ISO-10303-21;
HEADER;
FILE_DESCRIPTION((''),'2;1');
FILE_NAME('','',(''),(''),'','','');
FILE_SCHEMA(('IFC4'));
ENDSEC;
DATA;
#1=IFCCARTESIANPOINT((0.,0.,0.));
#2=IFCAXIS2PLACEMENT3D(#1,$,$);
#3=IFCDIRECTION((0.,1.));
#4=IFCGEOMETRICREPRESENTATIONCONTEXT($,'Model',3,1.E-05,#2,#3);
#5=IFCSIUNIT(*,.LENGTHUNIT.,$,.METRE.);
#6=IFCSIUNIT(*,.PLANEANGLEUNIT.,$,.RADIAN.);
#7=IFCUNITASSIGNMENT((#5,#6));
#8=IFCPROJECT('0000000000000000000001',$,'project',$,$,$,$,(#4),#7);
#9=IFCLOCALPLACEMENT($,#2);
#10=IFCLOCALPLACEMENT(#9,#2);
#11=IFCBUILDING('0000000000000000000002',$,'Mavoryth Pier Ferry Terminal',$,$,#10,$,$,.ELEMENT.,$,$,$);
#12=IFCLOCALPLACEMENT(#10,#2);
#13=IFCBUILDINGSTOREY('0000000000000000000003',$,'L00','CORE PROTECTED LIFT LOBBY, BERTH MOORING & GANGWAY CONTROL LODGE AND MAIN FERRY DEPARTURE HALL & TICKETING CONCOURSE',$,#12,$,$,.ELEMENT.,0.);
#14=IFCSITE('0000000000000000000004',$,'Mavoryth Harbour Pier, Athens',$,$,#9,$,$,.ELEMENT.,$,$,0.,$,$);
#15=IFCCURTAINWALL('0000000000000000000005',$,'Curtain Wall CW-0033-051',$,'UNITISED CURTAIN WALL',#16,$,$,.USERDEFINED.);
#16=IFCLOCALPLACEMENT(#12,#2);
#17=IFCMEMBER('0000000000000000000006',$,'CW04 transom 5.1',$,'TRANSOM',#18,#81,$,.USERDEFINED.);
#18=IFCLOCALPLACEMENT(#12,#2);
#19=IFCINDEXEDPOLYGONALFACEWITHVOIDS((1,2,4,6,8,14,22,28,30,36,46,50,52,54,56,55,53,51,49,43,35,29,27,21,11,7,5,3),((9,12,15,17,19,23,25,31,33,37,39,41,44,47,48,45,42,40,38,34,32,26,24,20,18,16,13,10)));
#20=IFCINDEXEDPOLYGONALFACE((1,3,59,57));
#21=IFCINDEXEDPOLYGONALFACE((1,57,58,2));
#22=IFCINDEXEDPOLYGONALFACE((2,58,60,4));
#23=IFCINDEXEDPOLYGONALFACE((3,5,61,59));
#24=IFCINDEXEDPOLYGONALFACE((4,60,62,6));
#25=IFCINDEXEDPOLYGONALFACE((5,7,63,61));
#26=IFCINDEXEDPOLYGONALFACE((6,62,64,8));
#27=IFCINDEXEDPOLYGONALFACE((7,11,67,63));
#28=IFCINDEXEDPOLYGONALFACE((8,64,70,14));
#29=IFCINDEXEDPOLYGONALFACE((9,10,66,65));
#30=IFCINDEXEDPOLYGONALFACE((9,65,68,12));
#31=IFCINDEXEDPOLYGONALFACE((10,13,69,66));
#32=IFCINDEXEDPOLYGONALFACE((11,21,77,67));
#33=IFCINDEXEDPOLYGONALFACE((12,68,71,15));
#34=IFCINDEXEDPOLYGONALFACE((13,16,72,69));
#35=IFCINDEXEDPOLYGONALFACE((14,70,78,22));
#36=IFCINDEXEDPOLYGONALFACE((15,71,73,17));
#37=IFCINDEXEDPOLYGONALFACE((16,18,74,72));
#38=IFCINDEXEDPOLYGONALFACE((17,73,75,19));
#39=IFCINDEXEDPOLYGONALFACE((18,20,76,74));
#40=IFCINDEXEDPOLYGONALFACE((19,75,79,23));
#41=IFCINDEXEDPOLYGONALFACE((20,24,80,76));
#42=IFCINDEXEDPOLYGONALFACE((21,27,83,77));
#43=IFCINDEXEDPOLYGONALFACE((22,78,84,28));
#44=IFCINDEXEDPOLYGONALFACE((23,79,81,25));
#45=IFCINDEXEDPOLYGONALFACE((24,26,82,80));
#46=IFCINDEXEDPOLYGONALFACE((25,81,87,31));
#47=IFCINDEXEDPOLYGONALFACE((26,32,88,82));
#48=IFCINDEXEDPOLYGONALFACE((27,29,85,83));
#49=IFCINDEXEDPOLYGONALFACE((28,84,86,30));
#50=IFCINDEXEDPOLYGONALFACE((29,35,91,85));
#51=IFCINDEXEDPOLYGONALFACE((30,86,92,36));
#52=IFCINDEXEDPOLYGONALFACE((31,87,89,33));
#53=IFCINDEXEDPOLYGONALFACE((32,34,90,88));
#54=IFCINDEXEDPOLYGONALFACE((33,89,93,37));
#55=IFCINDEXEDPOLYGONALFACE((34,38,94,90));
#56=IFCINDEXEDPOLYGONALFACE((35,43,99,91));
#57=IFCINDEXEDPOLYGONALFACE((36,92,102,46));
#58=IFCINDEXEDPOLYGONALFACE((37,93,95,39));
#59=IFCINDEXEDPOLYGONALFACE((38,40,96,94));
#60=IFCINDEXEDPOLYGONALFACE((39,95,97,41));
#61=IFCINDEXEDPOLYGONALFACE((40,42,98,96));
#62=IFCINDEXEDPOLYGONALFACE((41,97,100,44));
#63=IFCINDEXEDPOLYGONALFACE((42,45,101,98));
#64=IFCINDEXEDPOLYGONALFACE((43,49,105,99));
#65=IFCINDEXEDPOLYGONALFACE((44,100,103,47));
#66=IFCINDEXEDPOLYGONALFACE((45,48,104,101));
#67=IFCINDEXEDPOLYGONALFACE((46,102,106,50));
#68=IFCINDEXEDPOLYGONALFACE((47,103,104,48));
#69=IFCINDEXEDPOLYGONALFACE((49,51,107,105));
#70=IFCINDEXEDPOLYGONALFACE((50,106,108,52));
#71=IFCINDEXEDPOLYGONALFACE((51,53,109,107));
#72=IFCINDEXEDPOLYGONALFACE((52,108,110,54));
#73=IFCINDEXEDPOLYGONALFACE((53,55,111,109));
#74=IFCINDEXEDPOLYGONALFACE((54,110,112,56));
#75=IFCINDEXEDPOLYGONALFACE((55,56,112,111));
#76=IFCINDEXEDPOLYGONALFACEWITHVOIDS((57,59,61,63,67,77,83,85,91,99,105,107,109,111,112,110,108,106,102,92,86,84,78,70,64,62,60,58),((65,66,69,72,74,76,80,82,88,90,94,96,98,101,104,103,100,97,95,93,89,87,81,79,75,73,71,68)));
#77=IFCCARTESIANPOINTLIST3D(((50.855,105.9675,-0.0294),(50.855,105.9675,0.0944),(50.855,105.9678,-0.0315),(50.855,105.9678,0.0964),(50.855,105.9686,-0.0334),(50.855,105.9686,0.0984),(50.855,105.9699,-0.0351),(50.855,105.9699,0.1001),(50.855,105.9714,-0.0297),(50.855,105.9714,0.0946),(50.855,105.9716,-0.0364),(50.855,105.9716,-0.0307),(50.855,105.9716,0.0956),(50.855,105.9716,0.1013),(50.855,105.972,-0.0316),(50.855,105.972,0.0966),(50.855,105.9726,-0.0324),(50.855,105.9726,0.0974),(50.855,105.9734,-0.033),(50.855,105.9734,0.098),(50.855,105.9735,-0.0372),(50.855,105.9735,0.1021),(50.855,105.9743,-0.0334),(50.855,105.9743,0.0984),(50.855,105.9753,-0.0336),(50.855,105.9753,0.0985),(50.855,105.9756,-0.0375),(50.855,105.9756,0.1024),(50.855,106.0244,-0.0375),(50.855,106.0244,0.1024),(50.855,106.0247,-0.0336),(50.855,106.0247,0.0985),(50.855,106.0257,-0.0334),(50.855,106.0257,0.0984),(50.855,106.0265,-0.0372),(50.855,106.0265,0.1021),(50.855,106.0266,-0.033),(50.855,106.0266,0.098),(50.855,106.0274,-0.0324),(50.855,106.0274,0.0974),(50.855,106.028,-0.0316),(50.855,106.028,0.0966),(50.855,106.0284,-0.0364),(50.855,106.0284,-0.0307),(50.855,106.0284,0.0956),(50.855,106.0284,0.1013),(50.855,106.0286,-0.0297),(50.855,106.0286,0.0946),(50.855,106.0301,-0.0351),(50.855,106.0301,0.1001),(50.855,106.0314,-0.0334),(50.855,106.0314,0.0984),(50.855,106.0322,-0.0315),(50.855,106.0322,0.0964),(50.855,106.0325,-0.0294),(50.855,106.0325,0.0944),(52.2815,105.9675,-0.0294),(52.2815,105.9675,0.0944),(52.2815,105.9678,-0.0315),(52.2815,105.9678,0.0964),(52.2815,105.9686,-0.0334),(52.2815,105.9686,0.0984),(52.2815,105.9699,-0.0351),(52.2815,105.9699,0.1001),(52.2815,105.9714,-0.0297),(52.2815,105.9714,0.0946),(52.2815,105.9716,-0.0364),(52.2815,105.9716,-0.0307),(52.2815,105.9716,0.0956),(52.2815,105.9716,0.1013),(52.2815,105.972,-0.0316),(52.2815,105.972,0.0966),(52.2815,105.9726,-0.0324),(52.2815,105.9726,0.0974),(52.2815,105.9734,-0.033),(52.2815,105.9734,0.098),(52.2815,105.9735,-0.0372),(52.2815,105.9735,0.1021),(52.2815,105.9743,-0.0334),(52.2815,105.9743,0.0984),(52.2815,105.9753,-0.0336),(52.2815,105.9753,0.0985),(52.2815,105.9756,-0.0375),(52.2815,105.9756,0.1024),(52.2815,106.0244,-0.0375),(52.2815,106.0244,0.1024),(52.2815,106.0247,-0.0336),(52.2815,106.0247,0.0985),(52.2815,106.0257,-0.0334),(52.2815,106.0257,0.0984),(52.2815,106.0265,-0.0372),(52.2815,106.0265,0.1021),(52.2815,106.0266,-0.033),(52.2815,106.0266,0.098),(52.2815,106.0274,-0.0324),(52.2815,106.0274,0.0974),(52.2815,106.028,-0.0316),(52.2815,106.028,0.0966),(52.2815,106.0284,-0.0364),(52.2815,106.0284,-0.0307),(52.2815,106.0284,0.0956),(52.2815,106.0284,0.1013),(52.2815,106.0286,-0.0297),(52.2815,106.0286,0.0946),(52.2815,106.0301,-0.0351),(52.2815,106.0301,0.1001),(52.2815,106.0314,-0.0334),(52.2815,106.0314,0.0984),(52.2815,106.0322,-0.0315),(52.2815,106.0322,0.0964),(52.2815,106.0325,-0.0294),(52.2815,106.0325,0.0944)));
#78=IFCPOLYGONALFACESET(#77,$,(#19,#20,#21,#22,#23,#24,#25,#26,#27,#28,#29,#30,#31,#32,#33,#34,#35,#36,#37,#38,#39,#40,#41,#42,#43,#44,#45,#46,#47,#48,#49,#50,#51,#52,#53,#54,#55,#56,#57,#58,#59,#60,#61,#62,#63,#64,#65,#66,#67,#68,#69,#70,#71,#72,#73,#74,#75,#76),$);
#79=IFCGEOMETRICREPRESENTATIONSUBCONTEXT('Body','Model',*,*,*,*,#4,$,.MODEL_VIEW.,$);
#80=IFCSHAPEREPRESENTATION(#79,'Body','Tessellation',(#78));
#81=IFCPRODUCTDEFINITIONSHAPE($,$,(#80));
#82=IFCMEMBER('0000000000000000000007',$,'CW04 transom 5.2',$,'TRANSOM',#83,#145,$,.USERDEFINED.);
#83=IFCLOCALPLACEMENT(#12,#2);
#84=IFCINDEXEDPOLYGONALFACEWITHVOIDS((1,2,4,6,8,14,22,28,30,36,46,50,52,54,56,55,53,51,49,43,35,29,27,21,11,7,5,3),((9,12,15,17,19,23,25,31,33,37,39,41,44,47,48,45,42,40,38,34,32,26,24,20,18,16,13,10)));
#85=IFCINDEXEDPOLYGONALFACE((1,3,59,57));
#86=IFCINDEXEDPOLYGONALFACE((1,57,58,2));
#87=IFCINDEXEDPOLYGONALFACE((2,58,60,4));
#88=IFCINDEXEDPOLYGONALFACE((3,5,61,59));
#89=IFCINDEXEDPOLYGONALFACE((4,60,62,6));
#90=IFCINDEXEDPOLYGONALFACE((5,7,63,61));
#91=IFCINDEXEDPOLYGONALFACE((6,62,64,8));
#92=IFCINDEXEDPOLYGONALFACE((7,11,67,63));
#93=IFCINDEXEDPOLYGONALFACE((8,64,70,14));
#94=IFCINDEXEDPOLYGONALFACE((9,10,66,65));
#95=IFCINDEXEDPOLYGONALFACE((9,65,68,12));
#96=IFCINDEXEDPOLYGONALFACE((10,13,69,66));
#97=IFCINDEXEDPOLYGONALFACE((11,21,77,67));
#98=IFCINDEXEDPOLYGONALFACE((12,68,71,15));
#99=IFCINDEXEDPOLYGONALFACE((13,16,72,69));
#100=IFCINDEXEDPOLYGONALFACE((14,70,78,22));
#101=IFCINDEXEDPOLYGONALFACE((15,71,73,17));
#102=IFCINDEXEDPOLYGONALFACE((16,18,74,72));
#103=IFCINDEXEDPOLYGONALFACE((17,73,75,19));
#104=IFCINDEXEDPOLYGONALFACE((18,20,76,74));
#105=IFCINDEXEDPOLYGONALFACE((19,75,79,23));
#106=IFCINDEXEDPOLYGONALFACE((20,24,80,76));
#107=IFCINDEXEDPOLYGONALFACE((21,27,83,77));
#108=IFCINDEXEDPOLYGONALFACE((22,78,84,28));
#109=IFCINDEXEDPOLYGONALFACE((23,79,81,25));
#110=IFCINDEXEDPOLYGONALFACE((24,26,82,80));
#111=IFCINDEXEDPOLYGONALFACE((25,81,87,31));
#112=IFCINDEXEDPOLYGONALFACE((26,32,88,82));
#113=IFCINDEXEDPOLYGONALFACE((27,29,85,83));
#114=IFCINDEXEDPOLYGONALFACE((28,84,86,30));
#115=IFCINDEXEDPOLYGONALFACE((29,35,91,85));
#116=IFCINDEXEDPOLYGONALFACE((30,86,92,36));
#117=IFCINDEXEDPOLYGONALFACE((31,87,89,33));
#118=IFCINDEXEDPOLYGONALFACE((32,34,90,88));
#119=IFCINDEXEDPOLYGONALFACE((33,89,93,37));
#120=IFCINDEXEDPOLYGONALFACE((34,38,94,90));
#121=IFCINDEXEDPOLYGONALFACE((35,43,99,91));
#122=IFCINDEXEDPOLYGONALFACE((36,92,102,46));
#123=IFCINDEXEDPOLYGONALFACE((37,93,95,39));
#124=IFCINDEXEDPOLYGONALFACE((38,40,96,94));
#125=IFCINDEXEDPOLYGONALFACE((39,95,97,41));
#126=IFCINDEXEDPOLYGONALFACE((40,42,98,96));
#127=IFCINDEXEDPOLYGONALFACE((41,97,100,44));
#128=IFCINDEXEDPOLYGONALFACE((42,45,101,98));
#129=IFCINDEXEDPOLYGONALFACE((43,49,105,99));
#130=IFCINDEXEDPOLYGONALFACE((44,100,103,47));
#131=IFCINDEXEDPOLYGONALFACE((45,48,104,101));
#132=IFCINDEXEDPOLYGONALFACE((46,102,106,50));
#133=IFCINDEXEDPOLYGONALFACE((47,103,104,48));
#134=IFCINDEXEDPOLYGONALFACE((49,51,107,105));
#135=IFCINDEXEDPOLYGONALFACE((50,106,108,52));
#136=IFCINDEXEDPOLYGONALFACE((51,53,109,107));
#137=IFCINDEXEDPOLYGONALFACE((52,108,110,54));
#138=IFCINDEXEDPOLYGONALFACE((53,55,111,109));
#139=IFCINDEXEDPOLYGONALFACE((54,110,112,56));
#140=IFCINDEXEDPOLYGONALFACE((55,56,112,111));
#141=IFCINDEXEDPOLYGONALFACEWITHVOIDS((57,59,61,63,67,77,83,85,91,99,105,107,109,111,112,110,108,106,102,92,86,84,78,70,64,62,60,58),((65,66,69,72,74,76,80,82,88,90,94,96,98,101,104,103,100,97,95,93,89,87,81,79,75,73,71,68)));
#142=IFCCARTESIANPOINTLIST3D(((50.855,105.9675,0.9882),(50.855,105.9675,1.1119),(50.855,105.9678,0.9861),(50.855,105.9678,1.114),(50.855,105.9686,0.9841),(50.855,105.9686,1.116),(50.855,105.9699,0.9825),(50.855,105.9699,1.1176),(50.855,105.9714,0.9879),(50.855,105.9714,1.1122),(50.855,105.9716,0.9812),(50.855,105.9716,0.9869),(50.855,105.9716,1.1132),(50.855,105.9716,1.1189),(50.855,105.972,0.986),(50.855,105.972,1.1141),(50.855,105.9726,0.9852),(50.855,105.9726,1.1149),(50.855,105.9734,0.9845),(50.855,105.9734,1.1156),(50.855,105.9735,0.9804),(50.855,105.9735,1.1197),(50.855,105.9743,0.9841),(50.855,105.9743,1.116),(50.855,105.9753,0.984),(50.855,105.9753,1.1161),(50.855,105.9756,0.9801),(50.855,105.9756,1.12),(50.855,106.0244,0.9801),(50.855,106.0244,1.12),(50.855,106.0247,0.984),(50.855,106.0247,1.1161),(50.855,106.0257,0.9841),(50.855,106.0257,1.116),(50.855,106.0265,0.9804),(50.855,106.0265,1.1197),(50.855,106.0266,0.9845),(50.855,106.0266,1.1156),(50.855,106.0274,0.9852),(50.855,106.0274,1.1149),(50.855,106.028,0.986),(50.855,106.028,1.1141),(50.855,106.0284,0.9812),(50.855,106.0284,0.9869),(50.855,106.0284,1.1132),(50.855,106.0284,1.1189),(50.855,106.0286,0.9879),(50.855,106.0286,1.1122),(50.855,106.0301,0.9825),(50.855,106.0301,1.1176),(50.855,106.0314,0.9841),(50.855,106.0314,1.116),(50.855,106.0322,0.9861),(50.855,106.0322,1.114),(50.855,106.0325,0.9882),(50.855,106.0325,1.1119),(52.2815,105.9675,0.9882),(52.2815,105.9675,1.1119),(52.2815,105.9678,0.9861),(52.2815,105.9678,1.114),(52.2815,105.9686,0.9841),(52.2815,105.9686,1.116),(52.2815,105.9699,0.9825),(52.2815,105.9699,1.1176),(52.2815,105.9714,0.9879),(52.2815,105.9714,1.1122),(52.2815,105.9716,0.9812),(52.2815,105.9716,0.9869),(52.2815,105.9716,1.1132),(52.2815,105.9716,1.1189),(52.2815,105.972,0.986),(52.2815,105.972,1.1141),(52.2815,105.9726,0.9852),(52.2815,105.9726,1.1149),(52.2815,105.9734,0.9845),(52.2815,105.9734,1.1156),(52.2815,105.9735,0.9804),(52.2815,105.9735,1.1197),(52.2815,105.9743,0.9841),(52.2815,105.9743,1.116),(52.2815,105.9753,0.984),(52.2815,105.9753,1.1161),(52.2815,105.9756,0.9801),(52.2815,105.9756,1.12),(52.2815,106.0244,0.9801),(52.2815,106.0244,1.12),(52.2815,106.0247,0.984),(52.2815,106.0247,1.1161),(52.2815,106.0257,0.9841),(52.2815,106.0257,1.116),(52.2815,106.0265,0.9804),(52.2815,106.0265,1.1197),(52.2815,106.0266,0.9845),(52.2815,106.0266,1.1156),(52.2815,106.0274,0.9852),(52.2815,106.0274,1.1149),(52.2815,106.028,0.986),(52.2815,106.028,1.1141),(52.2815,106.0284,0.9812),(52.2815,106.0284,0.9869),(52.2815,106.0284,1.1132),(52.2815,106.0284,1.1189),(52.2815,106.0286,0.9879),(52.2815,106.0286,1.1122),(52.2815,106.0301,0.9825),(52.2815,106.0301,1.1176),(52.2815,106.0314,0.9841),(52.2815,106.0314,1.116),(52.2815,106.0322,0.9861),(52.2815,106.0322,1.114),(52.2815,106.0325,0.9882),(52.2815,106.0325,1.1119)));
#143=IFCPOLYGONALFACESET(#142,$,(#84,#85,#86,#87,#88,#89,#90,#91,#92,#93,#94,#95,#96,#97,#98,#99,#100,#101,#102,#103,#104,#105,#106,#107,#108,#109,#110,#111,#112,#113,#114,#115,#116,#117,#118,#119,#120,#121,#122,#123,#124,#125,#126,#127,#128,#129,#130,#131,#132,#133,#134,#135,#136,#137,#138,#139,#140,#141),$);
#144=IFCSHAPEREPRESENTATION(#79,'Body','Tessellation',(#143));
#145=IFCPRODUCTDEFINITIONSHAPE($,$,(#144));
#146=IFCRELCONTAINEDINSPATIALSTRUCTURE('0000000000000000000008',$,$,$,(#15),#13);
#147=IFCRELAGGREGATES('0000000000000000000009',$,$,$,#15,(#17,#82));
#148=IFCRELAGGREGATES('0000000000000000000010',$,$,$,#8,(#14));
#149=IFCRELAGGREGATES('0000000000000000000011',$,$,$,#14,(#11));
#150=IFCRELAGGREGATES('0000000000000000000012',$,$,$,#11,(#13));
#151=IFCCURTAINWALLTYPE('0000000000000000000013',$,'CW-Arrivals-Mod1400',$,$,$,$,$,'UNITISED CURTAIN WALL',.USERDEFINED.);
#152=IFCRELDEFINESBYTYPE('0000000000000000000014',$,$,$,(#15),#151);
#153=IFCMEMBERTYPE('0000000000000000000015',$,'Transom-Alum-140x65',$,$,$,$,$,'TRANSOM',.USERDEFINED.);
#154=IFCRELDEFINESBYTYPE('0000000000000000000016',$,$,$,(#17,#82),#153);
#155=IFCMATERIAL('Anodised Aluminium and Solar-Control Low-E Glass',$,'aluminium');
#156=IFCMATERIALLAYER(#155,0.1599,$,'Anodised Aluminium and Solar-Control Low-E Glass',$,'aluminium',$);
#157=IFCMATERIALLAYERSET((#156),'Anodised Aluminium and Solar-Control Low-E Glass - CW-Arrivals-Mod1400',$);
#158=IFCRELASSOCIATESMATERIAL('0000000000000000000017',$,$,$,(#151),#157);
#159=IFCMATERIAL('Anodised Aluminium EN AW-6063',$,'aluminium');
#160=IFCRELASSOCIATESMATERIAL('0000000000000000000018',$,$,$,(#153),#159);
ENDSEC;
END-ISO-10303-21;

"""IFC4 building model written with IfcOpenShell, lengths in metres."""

from ifc_helpers import new_model, si_unit, direction, frame, origin, origin_2d, place, context, subcontext, project, spatial, hollow_rectangle, extrude, material, layer, layer_set, material_profile, profile_set, type_object, element, aggregate, save


model = new_model("IFC4")

# Units and contexts
model_context = context("Model", 3, precision=1e-05, world=origin(), true_north=direction((0.0, 1.0)))
body_context = subcontext(model_context, "Body", "Model", "MODEL_VIEW")
ifc_project = project(units=[si_unit("LENGTHUNIT", "METRE"), si_unit("PLANEANGLEUNIT", "RADIAN")], contexts=[model_context])

# Site, building, storey
site_placement = place(None, origin())
site = spatial("IfcSite", under=ifc_project, at=site_placement, Name="Mavoryth Harbour Pier, Athens", CompositionType="ELEMENT", RefElevation=0.0)
building_placement = place(site_placement, origin())
building = spatial("IfcBuilding", under=site, at=building_placement, Name="Mavoryth Pier Ferry Terminal", CompositionType="ELEMENT")
storey_placement = place(building_placement, origin())
storey = spatial("IfcBuildingStorey", under=building, at=storey_placement, Name="L00", Description="CORE PROTECTED LIFT LOBBY, BERTH MOORING & GANGWAY CONTROL LODGE AND MAIN FERRY DEPARTURE HALL & TICKETING CONCOURSE", CompositionType="ELEMENT", Elevation=0.0)

# Curtain wall, members
ifc_material_1 = material(Name="Anodised Aluminium and Solar-Control Low-E Glass", Category="aluminium")
ifc_layer_1 = layer(ifc_material_1, 0.1599, Name="Anodised Aluminium and Solar-Control Low-E Glass", Category="aluminium")
ifc_layer_set_1 = layer_set([ifc_layer_1], Name="Anodised Aluminium and Solar-Control Low-E Glass - CW-Arrivals-Mod1400")
curtain_wall_type = type_object("IfcCurtainWallType", Name="CW-Arrivals-Mod1400", ElementType="UNITISED CURTAIN WALL", PredefinedType="USERDEFINED", material=ifc_layer_set_1)
curtain_wall_placement = place(storey_placement, origin())
curtain_wall = element("IfcCurtainWall", 1, at=curtain_wall_placement, inside=storey, type_object=curtain_wall_type, Name="Curtain Wall CW-0033-051", ObjectType="UNITISED CURTAIN WALL", PredefinedType="USERDEFINED")
ifc_material_2 = material(Name="Anodised Aluminium EN AW-6063", Category="aluminium")
ifc_material_profile_1 = material_profile(ifc_material_2, hollow_rectangle(XDim=0.0649, YDim=0.1399, WallThickness=0.0039, InnerFilletRadius=0.0039, OuterFilletRadius=0.0081, at=origin_2d()), Name="AL-TRAN 140x65x4", Category="aluminium")
ifc_profile_set_1 = profile_set([ifc_material_profile_1], Name="Anodised Aluminium EN AW-6063 - AL-TRAN 140x65x4")
member_type_1 = type_object("IfcMemberType", Name="Transom-Alum-140x65", ElementType="TRANSOM", PredefinedType="USERDEFINED", material=ifc_profile_set_1)
member_1_placement = place(storey_placement, frame((52.2815, 106.0, 0.0325), z_axis=(-1.0, 0.0, 0.0), x_axis=(0.0, -1.0, 0.0)))
member_1 = element("IfcMember", 2, at=member_1_placement, type_object=member_type_1, Name="CW04 transom 5.1", ObjectType="TRANSOM", PredefinedType="USERDEFINED", context=body_context, shape_type="SweptSolid", body=[
    extrude(hollow_rectangle(XDim=0.0649, YDim=0.1399, WallThickness=0.0039, InnerFilletRadius=0.0039, OuterFilletRadius=0.0081, at=origin_2d()), origin(), (0.0, 0.0, 1.0), 1.4265),
])
member_2_placement = place(storey_placement, frame((52.2815, 106.0, 1.05), z_axis=(-1.0, 0.0, 0.0), x_axis=(0.0, -1.0, 0.0)))
member_2 = element("IfcMember", 3, at=member_2_placement, type_object=member_type_1, Name="CW04 transom 5.2", ObjectType="TRANSOM", PredefinedType="USERDEFINED", context=body_context, shape_type="SweptSolid", body=[
    extrude(hollow_rectangle(XDim=0.0649, YDim=0.1399, WallThickness=0.0039, InnerFilletRadius=0.0039, OuterFilletRadius=0.0081, at=origin_2d()), origin(), (0.0, 0.0, 1.0), 1.4265),
])
aggregate(curtain_wall, [member_1, member_2])

save(model, "model.ifc")
